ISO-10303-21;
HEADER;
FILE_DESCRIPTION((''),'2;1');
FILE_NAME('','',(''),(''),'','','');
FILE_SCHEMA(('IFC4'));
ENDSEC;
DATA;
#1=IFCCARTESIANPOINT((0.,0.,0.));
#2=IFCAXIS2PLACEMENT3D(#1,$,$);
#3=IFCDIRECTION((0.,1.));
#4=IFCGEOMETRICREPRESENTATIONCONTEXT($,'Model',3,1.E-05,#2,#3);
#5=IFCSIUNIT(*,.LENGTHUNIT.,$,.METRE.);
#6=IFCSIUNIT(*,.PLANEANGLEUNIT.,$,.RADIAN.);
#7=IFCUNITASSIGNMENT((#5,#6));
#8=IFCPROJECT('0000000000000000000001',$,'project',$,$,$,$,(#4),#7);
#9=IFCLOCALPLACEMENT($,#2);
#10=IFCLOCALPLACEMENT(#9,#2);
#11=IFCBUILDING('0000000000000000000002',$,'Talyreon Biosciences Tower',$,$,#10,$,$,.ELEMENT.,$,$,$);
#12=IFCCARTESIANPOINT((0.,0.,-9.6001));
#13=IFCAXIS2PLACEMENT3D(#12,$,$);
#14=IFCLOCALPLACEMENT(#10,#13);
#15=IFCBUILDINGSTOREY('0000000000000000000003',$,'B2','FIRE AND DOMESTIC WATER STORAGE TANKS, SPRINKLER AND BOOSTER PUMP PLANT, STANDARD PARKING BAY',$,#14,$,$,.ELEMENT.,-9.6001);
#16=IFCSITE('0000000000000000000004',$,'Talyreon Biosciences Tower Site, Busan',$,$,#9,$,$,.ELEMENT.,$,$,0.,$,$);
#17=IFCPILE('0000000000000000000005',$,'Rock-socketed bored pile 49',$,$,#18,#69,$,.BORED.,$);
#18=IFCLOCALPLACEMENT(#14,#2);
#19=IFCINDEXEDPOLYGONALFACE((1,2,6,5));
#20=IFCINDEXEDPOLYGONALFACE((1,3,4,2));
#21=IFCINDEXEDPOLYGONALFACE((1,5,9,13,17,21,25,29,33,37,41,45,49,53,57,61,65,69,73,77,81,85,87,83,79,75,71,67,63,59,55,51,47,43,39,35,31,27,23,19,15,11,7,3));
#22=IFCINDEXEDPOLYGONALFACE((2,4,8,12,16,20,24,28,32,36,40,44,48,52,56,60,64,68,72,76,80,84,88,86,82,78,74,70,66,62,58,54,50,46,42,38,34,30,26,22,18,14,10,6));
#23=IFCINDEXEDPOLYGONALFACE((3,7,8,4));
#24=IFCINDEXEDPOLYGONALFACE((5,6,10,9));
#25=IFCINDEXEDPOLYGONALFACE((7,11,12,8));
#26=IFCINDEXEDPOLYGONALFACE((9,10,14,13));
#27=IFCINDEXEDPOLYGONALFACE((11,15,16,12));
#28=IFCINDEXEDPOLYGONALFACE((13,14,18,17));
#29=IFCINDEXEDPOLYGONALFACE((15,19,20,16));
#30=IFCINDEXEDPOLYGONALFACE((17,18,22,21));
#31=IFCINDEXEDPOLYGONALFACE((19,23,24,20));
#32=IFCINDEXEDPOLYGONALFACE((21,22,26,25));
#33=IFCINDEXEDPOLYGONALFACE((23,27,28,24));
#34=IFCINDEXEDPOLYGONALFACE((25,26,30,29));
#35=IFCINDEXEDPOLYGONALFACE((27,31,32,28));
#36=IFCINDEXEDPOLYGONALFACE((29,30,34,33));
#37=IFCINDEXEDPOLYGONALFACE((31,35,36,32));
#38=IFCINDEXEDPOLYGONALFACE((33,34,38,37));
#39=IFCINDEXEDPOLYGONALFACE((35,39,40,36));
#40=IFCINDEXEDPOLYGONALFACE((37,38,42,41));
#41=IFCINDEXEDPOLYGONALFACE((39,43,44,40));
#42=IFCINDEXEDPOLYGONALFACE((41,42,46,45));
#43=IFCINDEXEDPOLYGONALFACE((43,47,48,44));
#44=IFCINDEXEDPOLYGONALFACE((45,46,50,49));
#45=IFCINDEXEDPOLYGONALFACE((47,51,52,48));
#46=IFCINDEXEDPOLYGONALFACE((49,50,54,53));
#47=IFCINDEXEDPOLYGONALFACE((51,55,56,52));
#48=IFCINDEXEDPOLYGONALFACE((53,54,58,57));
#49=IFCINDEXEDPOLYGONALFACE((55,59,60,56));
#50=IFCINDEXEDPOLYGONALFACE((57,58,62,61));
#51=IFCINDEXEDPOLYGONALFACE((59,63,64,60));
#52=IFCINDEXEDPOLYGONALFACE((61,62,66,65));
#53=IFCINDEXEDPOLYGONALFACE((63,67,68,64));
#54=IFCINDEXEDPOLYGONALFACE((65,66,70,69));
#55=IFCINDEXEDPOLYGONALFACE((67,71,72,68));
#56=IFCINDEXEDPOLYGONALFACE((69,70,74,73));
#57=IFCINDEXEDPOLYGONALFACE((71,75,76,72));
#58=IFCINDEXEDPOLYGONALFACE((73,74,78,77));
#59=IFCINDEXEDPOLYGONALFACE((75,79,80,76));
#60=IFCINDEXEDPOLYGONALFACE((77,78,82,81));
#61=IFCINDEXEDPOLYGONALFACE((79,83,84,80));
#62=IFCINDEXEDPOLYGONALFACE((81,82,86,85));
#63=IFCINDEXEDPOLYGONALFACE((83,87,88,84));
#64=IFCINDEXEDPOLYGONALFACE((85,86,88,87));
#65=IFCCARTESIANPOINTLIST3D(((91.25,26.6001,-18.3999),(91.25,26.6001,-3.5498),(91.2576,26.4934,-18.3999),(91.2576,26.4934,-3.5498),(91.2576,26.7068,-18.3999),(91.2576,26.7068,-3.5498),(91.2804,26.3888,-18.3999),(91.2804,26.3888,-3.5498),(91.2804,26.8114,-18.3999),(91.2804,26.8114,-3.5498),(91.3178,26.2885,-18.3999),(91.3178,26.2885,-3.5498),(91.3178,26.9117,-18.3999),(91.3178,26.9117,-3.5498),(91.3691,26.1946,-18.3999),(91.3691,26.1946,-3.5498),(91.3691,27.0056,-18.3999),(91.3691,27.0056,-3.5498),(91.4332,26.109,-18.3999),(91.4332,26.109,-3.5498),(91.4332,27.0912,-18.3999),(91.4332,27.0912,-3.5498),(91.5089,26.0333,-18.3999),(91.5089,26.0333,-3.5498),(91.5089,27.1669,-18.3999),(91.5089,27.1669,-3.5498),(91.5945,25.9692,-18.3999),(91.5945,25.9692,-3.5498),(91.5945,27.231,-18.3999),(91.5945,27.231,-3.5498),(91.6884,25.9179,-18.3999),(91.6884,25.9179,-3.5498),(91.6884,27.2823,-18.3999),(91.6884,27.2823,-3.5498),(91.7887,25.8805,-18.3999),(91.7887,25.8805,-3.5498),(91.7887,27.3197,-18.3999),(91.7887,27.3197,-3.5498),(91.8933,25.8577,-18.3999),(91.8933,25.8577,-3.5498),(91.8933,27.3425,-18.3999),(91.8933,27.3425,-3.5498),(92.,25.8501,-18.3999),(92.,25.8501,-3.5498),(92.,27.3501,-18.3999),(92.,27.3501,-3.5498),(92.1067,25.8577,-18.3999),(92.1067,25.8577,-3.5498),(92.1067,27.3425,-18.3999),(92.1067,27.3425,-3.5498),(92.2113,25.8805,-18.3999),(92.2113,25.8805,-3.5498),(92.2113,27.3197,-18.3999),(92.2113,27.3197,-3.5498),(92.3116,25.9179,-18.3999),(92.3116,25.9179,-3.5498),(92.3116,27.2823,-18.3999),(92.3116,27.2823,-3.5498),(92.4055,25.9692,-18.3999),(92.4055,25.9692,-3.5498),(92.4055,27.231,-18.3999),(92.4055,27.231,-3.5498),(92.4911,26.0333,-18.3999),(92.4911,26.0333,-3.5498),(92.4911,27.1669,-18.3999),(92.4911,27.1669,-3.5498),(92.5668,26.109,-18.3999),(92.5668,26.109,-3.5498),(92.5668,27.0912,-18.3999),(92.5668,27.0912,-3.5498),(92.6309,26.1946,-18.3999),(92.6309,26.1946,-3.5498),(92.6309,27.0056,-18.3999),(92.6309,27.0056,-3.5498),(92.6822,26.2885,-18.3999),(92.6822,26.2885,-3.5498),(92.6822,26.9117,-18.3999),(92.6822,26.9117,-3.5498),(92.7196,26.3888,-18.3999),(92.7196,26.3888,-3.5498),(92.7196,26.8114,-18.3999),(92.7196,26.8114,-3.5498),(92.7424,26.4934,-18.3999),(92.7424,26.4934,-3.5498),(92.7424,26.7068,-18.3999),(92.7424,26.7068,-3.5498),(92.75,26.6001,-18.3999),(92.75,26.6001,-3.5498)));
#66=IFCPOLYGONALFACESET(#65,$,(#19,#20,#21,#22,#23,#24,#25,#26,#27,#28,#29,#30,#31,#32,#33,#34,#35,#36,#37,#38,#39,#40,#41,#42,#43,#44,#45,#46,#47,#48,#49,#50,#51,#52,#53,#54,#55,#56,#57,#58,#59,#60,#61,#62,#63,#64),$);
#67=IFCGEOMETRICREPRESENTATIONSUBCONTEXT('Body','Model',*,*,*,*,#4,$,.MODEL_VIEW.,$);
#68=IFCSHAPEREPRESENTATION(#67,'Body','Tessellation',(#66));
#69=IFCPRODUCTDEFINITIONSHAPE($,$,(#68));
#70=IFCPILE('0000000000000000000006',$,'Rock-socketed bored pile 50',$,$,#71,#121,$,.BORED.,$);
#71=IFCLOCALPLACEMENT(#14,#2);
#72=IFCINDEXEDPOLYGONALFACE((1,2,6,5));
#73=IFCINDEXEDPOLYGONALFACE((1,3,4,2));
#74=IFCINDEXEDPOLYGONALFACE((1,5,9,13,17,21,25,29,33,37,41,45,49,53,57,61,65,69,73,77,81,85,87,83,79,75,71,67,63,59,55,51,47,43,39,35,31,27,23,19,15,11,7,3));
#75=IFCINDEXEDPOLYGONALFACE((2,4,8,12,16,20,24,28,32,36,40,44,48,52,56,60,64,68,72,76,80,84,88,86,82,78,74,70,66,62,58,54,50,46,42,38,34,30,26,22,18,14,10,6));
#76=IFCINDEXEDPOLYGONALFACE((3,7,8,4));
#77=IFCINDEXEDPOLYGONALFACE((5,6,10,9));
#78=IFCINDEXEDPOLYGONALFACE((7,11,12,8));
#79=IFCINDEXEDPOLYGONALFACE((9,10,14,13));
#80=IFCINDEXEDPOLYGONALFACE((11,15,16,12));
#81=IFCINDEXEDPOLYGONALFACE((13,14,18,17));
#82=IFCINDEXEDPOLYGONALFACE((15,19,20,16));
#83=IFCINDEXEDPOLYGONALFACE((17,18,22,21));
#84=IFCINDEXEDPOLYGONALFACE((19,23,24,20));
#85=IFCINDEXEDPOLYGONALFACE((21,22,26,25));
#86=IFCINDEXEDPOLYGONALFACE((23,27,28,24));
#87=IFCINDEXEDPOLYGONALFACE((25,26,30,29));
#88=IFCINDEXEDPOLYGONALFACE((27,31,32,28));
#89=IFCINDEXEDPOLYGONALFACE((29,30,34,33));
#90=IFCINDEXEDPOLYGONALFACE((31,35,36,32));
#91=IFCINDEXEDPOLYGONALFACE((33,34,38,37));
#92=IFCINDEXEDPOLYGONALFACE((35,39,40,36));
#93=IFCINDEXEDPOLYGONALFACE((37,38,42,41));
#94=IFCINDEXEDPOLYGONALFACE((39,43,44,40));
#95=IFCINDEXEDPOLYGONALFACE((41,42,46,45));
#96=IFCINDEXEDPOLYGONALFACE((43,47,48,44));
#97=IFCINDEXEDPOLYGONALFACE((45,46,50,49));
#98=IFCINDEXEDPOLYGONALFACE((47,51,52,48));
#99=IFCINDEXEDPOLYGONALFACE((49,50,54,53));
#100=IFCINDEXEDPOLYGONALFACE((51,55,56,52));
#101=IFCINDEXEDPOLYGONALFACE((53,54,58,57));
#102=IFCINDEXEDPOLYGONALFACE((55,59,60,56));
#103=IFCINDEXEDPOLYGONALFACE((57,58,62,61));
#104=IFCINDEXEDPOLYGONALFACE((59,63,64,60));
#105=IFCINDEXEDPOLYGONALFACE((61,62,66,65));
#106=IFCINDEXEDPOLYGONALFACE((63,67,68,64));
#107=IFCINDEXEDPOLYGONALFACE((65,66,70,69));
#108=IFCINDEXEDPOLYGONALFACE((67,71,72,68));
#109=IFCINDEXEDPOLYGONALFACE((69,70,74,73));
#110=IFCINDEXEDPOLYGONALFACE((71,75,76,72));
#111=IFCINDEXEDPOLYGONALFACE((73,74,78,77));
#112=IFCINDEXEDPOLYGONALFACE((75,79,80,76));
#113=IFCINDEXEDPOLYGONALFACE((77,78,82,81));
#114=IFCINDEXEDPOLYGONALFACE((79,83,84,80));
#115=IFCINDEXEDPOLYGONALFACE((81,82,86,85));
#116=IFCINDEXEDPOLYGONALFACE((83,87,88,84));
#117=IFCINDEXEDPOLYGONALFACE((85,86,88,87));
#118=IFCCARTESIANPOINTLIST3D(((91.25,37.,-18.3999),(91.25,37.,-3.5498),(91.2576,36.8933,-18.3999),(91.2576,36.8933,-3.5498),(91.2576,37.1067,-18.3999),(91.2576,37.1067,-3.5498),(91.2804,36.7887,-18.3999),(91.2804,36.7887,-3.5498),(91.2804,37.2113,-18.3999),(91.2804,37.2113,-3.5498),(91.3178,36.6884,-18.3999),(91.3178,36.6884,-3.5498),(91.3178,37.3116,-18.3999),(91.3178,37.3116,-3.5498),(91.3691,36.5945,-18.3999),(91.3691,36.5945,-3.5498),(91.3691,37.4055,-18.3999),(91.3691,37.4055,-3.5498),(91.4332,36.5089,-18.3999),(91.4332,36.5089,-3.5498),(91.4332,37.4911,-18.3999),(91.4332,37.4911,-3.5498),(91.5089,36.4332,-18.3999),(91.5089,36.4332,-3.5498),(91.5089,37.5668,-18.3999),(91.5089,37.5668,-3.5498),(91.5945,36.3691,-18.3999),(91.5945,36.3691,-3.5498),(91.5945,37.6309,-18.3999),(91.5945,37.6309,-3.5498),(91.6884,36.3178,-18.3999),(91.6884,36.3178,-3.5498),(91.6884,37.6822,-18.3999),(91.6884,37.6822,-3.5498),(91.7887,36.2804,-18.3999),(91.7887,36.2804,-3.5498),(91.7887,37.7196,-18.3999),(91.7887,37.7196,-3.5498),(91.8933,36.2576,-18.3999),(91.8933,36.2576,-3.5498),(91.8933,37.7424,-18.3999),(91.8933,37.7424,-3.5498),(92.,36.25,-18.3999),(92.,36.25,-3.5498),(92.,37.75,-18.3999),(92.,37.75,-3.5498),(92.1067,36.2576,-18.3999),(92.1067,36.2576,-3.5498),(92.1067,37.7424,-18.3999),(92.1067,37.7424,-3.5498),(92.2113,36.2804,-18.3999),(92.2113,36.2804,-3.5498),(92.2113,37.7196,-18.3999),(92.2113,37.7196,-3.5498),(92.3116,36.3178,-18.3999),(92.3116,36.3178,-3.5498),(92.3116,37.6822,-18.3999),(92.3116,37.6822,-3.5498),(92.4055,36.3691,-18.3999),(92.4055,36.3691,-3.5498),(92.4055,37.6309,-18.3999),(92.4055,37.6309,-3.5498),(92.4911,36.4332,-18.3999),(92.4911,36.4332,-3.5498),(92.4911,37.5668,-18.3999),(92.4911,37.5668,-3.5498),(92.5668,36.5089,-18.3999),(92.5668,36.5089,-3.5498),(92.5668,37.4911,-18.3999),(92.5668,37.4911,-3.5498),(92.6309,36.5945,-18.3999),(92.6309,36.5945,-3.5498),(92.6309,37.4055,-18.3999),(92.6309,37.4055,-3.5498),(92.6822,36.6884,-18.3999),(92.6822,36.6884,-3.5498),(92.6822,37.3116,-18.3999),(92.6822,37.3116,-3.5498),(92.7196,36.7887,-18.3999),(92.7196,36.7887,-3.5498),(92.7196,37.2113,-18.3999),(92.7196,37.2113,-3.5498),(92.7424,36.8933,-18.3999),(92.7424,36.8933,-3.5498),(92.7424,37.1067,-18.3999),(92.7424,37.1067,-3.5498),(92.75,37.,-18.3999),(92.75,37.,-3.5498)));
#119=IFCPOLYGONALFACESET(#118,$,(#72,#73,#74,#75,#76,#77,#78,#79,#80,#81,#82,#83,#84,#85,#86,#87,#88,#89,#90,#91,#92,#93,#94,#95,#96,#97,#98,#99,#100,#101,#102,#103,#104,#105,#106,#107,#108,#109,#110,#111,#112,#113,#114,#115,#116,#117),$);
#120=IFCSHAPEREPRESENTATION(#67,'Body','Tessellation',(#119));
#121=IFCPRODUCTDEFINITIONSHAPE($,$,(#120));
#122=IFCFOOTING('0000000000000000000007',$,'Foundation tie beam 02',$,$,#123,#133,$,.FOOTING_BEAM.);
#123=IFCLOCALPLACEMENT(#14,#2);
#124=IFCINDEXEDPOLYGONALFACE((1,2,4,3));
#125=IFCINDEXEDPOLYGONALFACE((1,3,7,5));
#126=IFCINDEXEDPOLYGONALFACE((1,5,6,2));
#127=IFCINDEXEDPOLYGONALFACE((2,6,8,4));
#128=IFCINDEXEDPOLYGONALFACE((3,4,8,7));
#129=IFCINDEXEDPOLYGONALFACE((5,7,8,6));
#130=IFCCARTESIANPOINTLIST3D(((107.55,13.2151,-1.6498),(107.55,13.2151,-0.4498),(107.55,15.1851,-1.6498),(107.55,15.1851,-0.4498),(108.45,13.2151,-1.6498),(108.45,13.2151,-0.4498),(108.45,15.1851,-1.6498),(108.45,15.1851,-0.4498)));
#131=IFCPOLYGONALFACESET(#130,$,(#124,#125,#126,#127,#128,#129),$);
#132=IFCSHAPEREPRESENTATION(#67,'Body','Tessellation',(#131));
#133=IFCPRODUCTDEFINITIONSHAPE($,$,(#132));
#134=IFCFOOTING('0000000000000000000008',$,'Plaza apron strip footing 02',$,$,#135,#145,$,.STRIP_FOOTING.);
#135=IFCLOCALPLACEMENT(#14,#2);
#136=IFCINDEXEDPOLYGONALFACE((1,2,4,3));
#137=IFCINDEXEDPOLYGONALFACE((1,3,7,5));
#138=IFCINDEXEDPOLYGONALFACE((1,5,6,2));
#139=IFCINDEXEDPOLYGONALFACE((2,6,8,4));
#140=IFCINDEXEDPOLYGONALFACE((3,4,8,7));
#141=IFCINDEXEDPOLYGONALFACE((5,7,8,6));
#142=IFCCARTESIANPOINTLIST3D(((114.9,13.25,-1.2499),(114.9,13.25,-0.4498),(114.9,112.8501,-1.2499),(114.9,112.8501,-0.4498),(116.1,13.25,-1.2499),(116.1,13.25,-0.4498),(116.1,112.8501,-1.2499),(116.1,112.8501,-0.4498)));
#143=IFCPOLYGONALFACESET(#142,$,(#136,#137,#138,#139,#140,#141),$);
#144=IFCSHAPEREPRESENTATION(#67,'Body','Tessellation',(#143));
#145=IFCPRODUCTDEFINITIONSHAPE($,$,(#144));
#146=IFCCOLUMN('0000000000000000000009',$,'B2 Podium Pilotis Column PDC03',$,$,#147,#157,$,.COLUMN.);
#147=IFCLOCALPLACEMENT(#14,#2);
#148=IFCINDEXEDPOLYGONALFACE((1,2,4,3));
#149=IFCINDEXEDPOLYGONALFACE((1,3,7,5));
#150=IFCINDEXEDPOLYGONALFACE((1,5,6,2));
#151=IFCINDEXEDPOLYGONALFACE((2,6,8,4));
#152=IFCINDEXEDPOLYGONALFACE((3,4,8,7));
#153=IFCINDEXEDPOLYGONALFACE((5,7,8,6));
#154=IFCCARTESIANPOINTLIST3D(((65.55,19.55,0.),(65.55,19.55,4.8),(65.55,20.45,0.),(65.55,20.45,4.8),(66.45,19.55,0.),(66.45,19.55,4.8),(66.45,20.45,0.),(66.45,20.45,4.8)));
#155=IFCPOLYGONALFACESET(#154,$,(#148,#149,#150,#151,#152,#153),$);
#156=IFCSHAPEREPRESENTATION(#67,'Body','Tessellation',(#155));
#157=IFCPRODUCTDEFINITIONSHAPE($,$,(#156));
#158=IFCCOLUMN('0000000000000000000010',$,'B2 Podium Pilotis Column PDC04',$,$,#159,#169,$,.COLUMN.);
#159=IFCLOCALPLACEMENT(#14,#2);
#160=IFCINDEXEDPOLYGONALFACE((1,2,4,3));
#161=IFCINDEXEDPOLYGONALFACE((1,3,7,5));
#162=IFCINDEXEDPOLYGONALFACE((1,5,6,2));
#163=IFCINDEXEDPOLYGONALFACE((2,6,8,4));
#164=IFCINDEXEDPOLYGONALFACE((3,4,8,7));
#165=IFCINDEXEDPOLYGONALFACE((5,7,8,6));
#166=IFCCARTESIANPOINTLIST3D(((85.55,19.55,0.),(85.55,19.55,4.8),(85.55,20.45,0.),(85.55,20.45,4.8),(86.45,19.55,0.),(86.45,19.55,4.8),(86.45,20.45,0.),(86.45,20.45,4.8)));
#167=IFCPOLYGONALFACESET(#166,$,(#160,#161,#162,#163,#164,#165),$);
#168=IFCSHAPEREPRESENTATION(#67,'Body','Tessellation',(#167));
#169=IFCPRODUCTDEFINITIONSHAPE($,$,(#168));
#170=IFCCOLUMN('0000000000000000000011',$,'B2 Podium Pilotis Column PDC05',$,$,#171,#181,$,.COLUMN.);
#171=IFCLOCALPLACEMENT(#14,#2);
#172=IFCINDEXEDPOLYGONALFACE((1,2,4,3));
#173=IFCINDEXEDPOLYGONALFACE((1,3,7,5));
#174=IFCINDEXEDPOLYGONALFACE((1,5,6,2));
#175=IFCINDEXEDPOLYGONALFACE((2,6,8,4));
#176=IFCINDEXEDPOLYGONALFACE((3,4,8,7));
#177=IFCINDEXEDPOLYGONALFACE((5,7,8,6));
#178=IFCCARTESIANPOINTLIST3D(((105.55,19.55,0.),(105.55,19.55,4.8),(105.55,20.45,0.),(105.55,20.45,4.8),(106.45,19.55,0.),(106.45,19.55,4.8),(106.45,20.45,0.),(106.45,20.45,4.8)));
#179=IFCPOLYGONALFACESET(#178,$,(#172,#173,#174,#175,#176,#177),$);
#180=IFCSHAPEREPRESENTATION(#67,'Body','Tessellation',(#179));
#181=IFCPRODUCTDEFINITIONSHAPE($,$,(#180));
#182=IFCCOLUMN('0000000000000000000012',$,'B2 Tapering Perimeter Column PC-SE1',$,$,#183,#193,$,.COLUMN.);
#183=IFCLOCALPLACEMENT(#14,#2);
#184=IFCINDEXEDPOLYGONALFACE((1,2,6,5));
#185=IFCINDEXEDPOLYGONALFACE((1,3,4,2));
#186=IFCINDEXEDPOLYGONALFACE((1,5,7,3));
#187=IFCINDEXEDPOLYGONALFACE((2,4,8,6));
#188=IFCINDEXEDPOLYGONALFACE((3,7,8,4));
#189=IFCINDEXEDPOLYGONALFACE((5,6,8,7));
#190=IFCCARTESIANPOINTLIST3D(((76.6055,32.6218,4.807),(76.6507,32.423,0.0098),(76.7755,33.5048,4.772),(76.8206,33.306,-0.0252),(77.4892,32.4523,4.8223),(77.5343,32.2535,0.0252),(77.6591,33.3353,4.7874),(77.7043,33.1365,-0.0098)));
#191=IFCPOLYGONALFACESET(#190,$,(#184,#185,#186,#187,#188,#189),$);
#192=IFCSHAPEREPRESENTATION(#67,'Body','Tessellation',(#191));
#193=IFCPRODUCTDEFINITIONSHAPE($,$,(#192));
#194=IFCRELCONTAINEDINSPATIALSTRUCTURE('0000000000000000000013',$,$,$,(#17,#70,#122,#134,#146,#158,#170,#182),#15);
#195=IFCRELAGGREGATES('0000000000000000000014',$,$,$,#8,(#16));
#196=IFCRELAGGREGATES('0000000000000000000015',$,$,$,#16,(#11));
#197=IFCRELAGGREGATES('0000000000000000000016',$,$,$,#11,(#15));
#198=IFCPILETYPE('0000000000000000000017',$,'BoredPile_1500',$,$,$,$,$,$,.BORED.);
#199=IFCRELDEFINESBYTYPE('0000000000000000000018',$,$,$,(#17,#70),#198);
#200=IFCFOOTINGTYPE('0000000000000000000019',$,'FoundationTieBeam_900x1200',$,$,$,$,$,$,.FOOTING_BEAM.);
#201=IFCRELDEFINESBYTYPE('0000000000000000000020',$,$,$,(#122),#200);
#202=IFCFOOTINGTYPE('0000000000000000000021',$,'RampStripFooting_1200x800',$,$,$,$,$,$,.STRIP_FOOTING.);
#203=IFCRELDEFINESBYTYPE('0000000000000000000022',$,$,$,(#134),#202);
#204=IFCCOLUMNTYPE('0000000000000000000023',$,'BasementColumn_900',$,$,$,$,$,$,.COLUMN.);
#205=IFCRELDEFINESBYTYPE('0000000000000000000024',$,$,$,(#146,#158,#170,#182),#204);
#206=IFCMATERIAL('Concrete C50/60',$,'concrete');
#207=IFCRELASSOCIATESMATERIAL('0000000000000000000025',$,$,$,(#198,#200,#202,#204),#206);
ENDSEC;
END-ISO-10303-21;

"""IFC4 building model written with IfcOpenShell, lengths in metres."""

from ifc_helpers import new_model, si_unit, direction, frame, origin, origin_2d, place, context, subcontext, project, spatial, rectangle, circle, extrude, material, material_profile, profile_set, type_object, element, save


model = new_model("IFC4")

# Units and contexts
model_context = context("Model", 3, precision=1e-05, world=origin(), true_north=direction((0.0, 1.0)))
body_context = subcontext(model_context, "Body", "Model", "MODEL_VIEW")
ifc_project = project(units=[si_unit("LENGTHUNIT", "METRE"), si_unit("PLANEANGLEUNIT", "RADIAN")], contexts=[model_context])

# Site, building, storey
site_placement = place(None, origin())
site = spatial("IfcSite", under=ifc_project, at=site_placement, Name="Talyreon Biosciences Tower Site, Busan", CompositionType="ELEMENT", RefElevation=0.0)
building_placement = place(site_placement, origin())
building = spatial("IfcBuilding", under=site, at=building_placement, Name="Talyreon Biosciences Tower", CompositionType="ELEMENT")
storey_placement = place(building_placement, frame((0.0, 0.0, -9.6001)))
storey = spatial("IfcBuildingStorey", under=building, at=storey_placement, Name="B2", Description="FIRE AND DOMESTIC WATER STORAGE TANKS, SPRINKLER AND BOOSTER PUMP PLANT, STANDARD PARKING BAY", CompositionType="ELEMENT", Elevation=-9.6001)

# Piles
ifc_material_1 = material(Name="Concrete C50/60", Category="concrete")
ifc_material_profile_1 = material_profile(ifc_material_1, circle(Radius=0.75, at=origin_2d()), Name="PILE D1500")
ifc_profile_set_1 = profile_set([ifc_material_profile_1], Name="Concrete C50/60")
pile_type_1 = type_object("IfcPileType", Name="BoredPile_1500", PredefinedType="BORED", material=ifc_profile_set_1)
for number, where, z_axis, x_axis, name in (
    (1, (92.0, 26.6001, -3.5498), (0.0, 0.0, -1.0), (1.0, 0.0, 0.0), "Rock-socketed bored pile 49"),
    (2, (92.0, 37.0, -3.5498), (0.0, 0.0, -1.0), (1.0, 0.0, 0.0), "Rock-socketed bored pile 50"),
):
    element("IfcPile", number, at=place(storey_placement, frame(where, z_axis=z_axis, x_axis=x_axis)), inside=storey, type_object=pile_type_1, Name=name, PredefinedType="BORED", context=body_context, shape_type="SweptSolid", body=[
        extrude(circle(Radius=0.75, at=origin_2d()), origin(), (0.0, 0.0, 1.0), 14.8501),
    ])

# Footings
ifc_material_profile_2 = material_profile(ifc_material_1, rectangle(XDim=0.8999, YDim=1.2, at=origin_2d()), Name="FB 900x1200")
ifc_profile_set_2 = profile_set([ifc_material_profile_2], Name="Concrete C50/60")
footing_type_1 = type_object("IfcFootingType", Name="FoundationTieBeam_900x1200", PredefinedType="FOOTING_BEAM", material=ifc_profile_set_2)
footing_1_placement = place(storey_placement, frame((108.0, 13.2151, -1.0498), z_axis=(0.0, 1.0, 0.0), x_axis=(-1.0, 0.0, 0.0)))
element("IfcFooting", 3, at=footing_1_placement, inside=storey, type_object=footing_type_1, Name="Foundation tie beam 02", PredefinedType="FOOTING_BEAM", context=body_context, shape_type="SweptSolid", body=[
    extrude(rectangle(XDim=0.8999, YDim=1.2, at=origin_2d()), origin(), (0.0, 0.0, 1.0), 1.97),
])
ifc_material_profile_3 = material_profile(ifc_material_1, rectangle(XDim=1.2, YDim=0.8, at=origin_2d()), Name="SF 1200x800")
ifc_profile_set_3 = profile_set([ifc_material_profile_3], Name="Concrete C50/60")
footing_type_2 = type_object("IfcFootingType", Name="RampStripFooting_1200x800", PredefinedType="STRIP_FOOTING", material=ifc_profile_set_3)
footing_2_placement = place(storey_placement, frame((115.5, 13.25, -0.8499), z_axis=(0.0, 1.0, 0.0), x_axis=(-1.0, 0.0, 0.0)))
element("IfcFooting", 4, at=footing_2_placement, inside=storey, type_object=footing_type_2, Name="Plaza apron strip footing 02", PredefinedType="STRIP_FOOTING", context=body_context, shape_type="SweptSolid", body=[
    extrude(rectangle(XDim=1.2, YDim=0.8, at=origin_2d()), origin(), (0.0, 0.0, 1.0), 99.6001),
])

# Columns
ifc_material_profile_4 = material_profile(ifc_material_1, rectangle(XDim=0.8999, YDim=0.8999, at=origin_2d()), Name="RC 900x900")
ifc_profile_set_4 = profile_set([ifc_material_profile_4], Name="Concrete C50/60")
column_type_1 = type_object("IfcColumnType", Name="BasementColumn_900", PredefinedType="COLUMN", material=ifc_profile_set_4)
for number, where, z_axis, x_axis, name in (
    (5, (66.0, 20.0, 0.0), (0.0, 0.0, 1.0), (1.0, 0.0, 0.0), "B2 Podium Pilotis Column PDC03"),
    (6, (86.0, 20.0, 0.0), (0.0, 0.0, 1.0), (1.0, 0.0, 0.0), "B2 Podium Pilotis Column PDC04"),
    (7, (106.0, 20.0, 0.0), (0.0, 0.0, 1.0), (1.0, 0.0, 0.0), "B2 Podium Pilotis Column PDC05"),
):
    element("IfcColumn", number, at=place(storey_placement, frame(where, z_axis=z_axis, x_axis=x_axis)), inside=storey, type_object=column_type_1, Name=name, PredefinedType="COLUMN", context=body_context, shape_type="SweptSolid", body=[
        extrude(rectangle(XDim=0.8999, YDim=0.8999, at=origin_2d()), origin(), (0.0, 0.0, 1.0), 4.8),
    ])
column_1_placement = place(storey_placement, frame((77.1775, 32.7798, 0.0), z_axis=(-0.009407, 0.04139, 0.999099), x_axis=(-0.18888, -0.981231, 0.038871)))
element("IfcColumn", 8, at=column_1_placement, inside=storey, type_object=column_type_1, Name="B2 Tapering Perimeter Column PC-SE1", PredefinedType="COLUMN", context=body_context, shape_type="SweptSolid", body=[
    extrude(rectangle(XDim=0.8999, YDim=0.8999, at=origin_2d()), origin(), (0.0, 0.0, 1.0), 4.8015),
])

save(model, "model.ifc")
